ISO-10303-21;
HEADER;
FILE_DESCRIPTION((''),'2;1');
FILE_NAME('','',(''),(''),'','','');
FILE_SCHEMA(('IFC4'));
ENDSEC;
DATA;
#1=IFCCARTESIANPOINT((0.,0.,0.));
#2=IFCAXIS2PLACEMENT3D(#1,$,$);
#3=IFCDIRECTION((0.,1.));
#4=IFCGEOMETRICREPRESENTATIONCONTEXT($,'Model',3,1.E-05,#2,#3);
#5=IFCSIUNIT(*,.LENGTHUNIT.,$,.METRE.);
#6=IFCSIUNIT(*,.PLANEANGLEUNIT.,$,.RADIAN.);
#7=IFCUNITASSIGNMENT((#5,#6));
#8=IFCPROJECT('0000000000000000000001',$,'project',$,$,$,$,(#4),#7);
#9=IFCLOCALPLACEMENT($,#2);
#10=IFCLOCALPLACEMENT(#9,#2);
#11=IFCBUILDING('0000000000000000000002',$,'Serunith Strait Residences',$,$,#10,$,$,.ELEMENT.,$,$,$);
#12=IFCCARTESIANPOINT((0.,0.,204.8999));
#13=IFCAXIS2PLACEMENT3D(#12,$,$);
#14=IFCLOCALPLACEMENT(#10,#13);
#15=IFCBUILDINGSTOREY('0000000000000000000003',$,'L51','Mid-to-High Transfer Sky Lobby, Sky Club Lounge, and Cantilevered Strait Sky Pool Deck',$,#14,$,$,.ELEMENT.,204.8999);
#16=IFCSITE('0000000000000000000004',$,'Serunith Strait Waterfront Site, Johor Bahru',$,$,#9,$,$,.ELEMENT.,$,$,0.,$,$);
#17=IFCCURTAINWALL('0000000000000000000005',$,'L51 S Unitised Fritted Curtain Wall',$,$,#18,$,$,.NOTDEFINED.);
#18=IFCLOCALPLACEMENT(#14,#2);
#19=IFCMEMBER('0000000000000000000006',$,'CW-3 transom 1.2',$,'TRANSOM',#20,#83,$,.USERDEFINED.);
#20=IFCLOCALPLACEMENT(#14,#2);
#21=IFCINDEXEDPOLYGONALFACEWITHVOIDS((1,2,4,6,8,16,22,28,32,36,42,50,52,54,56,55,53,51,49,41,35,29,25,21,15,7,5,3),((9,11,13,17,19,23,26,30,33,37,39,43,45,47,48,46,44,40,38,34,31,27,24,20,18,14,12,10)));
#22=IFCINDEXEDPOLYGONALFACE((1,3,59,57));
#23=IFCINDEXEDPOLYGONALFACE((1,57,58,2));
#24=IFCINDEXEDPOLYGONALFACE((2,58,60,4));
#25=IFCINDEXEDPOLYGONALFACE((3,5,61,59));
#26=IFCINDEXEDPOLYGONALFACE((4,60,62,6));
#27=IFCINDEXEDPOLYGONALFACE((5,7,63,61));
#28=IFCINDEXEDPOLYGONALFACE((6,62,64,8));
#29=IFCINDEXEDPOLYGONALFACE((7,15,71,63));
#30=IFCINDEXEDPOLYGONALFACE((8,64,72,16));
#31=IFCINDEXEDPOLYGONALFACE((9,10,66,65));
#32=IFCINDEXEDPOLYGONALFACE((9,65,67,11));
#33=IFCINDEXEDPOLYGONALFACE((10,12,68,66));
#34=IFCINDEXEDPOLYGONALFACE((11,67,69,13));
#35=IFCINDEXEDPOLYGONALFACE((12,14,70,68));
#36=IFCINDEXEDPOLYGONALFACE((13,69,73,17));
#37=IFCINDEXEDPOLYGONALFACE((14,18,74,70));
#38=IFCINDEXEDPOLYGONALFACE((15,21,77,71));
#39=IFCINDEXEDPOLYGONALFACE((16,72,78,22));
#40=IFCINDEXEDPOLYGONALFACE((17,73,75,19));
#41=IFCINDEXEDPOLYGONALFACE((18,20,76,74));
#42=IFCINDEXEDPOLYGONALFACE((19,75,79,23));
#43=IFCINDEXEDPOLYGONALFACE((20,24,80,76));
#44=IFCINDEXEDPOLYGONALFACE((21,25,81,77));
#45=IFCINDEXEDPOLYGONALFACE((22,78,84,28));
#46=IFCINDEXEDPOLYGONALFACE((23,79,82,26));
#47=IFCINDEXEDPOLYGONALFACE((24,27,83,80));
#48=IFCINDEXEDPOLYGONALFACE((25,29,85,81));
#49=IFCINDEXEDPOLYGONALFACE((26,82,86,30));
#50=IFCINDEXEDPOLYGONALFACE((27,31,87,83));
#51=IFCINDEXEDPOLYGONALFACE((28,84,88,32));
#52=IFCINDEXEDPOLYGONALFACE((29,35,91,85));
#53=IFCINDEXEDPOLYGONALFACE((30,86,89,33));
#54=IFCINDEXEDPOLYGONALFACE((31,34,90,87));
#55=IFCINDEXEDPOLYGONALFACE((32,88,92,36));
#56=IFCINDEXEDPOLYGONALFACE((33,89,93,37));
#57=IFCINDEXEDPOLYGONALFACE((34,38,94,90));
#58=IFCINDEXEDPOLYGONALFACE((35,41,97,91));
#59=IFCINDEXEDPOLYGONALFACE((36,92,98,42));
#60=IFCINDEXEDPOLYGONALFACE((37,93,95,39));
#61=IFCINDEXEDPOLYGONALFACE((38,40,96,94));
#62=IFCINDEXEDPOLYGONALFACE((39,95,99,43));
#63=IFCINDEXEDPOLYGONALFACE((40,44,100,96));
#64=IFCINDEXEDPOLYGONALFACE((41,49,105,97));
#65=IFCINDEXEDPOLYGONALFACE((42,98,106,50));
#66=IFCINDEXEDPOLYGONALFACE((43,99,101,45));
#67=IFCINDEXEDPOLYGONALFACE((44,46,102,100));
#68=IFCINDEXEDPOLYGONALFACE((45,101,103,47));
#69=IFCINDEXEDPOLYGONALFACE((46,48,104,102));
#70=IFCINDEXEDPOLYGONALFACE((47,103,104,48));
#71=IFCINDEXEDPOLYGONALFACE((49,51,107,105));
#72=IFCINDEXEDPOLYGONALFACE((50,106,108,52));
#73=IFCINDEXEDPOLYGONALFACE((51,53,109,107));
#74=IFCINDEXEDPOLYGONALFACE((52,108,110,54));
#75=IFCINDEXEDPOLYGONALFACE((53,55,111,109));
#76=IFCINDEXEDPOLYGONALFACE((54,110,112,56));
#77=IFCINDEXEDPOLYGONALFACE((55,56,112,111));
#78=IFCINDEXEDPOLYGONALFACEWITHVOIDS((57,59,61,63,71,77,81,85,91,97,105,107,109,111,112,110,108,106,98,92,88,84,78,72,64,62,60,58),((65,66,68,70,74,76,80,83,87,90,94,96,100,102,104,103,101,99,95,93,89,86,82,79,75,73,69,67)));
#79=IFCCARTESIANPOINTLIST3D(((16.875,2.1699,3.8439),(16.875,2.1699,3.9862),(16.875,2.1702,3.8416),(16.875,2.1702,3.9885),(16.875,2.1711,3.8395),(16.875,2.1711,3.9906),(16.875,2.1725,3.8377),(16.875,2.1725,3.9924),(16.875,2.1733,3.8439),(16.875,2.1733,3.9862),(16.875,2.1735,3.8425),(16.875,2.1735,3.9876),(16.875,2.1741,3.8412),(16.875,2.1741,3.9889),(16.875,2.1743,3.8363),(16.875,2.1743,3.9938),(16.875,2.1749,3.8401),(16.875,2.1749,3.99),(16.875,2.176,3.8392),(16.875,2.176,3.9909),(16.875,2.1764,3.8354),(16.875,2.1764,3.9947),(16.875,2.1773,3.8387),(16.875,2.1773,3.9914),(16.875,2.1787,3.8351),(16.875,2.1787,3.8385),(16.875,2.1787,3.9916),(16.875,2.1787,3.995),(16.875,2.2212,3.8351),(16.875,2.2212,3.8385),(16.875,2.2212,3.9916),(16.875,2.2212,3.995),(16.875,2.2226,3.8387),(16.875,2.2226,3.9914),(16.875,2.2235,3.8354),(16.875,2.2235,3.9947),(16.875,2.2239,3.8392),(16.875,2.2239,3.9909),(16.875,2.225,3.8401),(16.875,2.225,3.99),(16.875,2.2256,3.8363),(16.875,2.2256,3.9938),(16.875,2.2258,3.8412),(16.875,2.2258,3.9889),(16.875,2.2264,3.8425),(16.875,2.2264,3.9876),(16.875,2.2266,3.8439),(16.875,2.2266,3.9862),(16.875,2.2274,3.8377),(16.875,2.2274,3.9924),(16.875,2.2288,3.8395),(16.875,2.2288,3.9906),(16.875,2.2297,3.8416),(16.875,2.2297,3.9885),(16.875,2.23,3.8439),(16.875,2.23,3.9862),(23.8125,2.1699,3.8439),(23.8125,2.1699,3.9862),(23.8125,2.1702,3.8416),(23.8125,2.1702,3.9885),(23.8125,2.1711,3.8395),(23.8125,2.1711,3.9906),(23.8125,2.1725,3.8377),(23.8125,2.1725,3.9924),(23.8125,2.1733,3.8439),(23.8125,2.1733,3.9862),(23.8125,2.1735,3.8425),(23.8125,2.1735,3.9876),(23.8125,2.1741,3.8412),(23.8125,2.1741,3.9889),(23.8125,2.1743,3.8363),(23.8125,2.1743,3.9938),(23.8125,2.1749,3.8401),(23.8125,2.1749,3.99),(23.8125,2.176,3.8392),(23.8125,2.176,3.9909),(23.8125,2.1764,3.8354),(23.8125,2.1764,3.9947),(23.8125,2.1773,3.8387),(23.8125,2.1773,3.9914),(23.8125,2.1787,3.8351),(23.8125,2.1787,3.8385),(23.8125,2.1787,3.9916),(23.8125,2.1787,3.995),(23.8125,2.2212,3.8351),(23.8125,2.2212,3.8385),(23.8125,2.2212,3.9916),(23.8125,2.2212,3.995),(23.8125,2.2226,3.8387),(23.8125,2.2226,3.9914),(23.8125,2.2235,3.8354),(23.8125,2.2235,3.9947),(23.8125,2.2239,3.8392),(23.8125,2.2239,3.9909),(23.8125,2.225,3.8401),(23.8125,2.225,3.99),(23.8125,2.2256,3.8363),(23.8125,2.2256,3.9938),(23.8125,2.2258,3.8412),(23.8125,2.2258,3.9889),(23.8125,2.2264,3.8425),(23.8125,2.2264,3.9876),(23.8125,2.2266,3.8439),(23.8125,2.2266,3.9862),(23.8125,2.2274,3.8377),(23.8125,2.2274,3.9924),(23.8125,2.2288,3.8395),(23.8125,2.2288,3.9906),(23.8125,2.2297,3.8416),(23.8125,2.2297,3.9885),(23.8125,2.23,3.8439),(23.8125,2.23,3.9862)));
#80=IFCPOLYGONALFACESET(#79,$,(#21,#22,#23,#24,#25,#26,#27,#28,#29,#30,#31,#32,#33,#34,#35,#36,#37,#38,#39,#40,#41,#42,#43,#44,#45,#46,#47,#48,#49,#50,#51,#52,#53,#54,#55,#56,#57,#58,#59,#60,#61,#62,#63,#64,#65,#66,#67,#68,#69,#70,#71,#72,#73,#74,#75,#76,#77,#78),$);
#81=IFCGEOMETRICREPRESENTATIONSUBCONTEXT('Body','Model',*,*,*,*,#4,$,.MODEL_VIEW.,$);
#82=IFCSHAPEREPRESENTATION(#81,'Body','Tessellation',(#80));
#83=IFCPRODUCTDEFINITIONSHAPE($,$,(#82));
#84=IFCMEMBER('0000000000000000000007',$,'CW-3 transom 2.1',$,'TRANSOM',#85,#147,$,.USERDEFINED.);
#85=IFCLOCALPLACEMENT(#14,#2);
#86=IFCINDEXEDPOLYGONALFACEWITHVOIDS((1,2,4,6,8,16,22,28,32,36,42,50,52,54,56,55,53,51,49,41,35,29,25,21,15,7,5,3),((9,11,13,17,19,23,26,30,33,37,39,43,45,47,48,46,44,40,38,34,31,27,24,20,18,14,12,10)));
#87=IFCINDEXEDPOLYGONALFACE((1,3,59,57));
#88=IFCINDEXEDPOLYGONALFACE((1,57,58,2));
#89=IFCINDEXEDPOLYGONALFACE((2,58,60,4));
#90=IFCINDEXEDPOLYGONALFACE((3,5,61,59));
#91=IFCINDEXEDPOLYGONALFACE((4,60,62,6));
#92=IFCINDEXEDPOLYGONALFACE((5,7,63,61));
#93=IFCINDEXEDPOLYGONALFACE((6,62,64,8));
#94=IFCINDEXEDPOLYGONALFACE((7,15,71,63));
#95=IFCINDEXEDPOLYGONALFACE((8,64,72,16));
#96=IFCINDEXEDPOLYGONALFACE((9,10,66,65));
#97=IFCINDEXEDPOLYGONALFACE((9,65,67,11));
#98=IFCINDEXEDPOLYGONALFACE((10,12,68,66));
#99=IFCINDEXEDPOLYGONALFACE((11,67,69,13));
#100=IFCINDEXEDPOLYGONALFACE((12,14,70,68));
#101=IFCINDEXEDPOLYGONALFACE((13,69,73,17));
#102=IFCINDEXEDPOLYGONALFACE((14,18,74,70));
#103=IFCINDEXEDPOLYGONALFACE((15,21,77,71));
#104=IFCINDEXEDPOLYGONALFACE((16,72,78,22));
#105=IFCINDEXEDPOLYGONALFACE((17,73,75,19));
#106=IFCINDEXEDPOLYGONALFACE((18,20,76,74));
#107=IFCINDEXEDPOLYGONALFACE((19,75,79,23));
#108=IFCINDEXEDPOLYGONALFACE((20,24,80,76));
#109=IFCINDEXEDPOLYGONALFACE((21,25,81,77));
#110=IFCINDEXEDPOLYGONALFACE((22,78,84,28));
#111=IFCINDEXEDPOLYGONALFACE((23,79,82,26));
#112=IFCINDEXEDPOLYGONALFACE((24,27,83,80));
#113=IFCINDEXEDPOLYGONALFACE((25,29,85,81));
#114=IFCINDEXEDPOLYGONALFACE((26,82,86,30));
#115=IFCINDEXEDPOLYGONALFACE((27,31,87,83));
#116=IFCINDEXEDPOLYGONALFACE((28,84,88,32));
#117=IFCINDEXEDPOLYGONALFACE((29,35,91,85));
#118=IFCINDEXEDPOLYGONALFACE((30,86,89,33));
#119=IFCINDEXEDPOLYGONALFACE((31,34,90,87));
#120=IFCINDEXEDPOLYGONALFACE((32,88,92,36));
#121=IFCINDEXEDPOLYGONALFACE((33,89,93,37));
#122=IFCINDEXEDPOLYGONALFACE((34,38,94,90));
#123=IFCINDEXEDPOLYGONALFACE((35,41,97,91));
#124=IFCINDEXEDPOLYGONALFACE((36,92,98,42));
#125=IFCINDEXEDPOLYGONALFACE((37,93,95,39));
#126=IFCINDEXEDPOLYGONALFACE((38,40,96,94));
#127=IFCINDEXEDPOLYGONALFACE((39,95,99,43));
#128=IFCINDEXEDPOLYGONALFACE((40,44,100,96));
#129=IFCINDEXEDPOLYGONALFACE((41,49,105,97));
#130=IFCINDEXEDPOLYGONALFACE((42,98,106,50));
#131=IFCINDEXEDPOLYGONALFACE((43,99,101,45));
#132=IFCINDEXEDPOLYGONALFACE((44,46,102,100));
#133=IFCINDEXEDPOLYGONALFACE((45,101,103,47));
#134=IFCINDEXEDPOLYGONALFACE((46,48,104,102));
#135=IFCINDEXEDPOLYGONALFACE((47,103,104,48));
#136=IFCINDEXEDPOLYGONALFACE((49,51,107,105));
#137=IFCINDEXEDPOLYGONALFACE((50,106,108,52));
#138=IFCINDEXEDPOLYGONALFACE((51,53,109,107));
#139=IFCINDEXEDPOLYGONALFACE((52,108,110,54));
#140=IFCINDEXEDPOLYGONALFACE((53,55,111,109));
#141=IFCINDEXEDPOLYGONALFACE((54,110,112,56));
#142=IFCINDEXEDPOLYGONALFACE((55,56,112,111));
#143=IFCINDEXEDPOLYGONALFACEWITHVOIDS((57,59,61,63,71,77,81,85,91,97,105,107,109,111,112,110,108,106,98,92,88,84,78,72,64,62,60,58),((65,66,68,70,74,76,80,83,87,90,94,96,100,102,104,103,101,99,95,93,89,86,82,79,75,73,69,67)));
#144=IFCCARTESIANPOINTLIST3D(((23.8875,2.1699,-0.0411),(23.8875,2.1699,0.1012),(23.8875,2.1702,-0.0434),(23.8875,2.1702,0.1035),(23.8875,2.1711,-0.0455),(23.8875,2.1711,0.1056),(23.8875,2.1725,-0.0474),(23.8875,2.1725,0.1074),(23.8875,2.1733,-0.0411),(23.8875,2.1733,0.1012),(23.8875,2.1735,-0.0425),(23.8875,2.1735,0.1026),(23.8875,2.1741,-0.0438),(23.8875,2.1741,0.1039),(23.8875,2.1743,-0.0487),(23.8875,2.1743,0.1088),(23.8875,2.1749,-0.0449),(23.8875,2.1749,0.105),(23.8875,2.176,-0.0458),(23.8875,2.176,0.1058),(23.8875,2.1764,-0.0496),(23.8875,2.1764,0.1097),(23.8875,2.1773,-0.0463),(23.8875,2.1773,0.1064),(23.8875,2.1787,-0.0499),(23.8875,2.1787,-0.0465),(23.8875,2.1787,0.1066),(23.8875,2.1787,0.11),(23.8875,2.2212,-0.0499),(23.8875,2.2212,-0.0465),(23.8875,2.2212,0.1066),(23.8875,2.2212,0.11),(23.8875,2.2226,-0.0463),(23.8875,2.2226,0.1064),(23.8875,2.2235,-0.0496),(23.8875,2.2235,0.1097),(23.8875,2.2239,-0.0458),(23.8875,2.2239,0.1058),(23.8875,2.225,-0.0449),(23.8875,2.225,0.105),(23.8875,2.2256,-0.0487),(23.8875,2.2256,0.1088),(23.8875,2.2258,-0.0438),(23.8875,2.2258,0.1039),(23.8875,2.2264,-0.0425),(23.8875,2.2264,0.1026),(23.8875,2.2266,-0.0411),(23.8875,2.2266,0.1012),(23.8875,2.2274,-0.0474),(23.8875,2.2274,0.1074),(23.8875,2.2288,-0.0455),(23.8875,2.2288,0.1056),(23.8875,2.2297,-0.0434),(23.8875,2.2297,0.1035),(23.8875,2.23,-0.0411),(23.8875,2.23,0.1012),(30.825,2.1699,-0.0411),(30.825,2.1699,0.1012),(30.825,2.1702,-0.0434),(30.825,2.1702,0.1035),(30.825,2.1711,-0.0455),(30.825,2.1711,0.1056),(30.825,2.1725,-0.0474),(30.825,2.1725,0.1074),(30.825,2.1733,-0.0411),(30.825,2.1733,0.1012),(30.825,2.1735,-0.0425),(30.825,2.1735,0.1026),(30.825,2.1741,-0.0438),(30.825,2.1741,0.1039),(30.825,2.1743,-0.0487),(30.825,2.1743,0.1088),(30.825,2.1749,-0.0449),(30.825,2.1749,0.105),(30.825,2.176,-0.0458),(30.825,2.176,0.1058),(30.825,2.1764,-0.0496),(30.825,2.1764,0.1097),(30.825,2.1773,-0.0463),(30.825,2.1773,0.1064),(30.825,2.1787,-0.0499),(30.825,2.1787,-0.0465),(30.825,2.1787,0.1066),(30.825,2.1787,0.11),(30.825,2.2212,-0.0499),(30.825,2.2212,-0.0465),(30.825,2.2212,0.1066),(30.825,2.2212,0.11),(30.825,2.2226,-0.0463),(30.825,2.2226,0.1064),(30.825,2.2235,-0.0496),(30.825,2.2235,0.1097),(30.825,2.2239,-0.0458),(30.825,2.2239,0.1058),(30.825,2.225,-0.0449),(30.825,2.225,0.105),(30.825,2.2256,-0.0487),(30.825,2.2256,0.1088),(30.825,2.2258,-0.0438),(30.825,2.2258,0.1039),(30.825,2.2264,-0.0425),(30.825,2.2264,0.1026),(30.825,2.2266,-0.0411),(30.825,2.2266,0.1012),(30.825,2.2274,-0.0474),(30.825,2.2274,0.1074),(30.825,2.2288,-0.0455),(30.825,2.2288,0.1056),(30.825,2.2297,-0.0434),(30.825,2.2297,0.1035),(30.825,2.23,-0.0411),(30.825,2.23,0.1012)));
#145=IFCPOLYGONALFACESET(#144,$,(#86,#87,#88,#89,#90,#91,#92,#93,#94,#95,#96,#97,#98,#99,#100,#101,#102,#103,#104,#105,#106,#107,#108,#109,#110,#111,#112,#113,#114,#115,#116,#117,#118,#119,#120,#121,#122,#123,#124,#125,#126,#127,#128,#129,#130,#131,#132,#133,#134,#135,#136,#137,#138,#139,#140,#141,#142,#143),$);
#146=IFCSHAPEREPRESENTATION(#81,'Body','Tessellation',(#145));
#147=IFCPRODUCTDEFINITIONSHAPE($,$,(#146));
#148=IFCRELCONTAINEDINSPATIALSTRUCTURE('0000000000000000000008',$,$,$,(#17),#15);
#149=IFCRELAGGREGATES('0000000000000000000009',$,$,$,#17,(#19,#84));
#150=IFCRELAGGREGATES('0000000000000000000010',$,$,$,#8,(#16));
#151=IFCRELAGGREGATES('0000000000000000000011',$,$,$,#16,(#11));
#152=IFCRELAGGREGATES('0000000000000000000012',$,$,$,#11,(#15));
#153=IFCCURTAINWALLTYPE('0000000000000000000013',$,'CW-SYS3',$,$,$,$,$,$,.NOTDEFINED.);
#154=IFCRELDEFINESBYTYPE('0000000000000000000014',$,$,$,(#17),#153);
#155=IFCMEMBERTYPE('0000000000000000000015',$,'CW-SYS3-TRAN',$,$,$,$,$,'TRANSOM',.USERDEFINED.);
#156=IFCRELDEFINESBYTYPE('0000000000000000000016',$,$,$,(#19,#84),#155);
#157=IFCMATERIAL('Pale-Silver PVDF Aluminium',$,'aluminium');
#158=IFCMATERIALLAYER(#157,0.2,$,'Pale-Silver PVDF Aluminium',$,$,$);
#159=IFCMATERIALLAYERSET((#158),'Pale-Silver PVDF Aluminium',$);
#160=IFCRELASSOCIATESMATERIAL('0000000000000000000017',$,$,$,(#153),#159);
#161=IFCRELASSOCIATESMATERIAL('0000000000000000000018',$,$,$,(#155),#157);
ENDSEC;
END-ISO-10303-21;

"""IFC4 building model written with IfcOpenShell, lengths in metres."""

from ifc_helpers import new_model, si_unit, direction, frame, origin, origin_2d, place, context, subcontext, project, spatial, hollow_rectangle, extrude, source, transform, mapped, material, layer, layer_set, material_profile, profile_set, type_object, element, aggregate, save


model = new_model("IFC4")

# Units and contexts
model_context = context("Model", 3, precision=1e-05, world=origin(), true_north=direction((0.0, 1.0)))
body_context = subcontext(model_context, "Body", "Model", "MODEL_VIEW")
ifc_project = project(units=[si_unit("LENGTHUNIT", "METRE"), si_unit("PLANEANGLEUNIT", "RADIAN")], contexts=[model_context])

# Site, building, storey
site_placement = place(None, origin())
site = spatial("IfcSite", under=ifc_project, at=site_placement, Name="Serunith Strait Waterfront Site, Johor Bahru", CompositionType="ELEMENT", RefElevation=0.0)
building_placement = place(site_placement, origin())
building = spatial("IfcBuilding", under=site, at=building_placement, Name="Serunith Strait Residences", CompositionType="ELEMENT")
storey_placement = place(building_placement, frame((0.0, 0.0, 204.8999)))
storey = spatial("IfcBuildingStorey", under=building, at=storey_placement, Name="L51", Description="Mid-to-High Transfer Sky Lobby, Sky Club Lounge, and Cantilevered Strait Sky Pool Deck", CompositionType="ELEMENT", Elevation=204.8999)

# Curtain wall, members
ifc_material_1 = material(Name="Pale-Silver PVDF Aluminium", Category="aluminium")
ifc_layer_1 = layer(ifc_material_1, 0.2, Name="Pale-Silver PVDF Aluminium")
ifc_layer_set_1 = layer_set([ifc_layer_1], Name="Pale-Silver PVDF Aluminium")
curtain_wall_type = type_object("IfcCurtainWallType", Name="CW-SYS3", PredefinedType="NOTDEFINED", material=ifc_layer_set_1)
curtain_wall_placement = place(storey_placement, origin())
curtain_wall = element("IfcCurtainWall", 1, at=curtain_wall_placement, inside=storey, type_object=curtain_wall_type, Name="L51 S Unitised Fritted Curtain Wall", PredefinedType="NOTDEFINED")
ifc_material_profile_1 = material_profile(ifc_material_1, hollow_rectangle(XDim=0.0601, YDim=0.1599, WallThickness=0.0034, InnerFilletRadius=0.0054, OuterFilletRadius=0.0088, at=origin_2d()), Name="ALU 160x60x3.5")
ifc_profile_set_1 = profile_set([ifc_material_profile_1], Name="Pale-Silver PVDF Aluminium")
member_type_1 = type_object("IfcMemberType", Name="CW-SYS3-TRAN", ElementType="TRANSOM", PredefinedType="USERDEFINED", material=ifc_profile_set_1)
shared_shape_1 = source(origin(), body_context, "Body", "SweptSolid", [
    extrude(hollow_rectangle(XDim=0.0601, YDim=0.1599, WallThickness=0.0034, InnerFilletRadius=0.0054, OuterFilletRadius=0.0088, at=origin_2d()), origin(), (0.0, 0.0, 1.0), 6.9375),
])
member_1_placement = place(storey_placement, frame((16.875, 2.2, 3.915), z_axis=(1.0, 0.0, 0.0), x_axis=(0.0, 1.0, 0.0)))
member_1 = element("IfcMember", 2, at=member_1_placement, type_object=member_type_1, Name="CW-3 transom 1.2", ObjectType="TRANSOM", PredefinedType="USERDEFINED", context=body_context, shape_type="MappedRepresentation", body=[
    mapped(shared_shape_1, transform((0.0, 0.0, 0.0), scale=1.0)),
])
member_2_placement = place(storey_placement, frame((23.8875, 2.2, 0.03), z_axis=(1.0, 0.0, 0.0), x_axis=(0.0, 1.0, 0.0)))
member_2 = element("IfcMember", 3, at=member_2_placement, type_object=member_type_1, Name="CW-3 transom 2.1", ObjectType="TRANSOM", PredefinedType="USERDEFINED", context=body_context, shape_type="MappedRepresentation", body=[
    mapped(shared_shape_1, transform((0.0, 0.0, 0.0), scale=1.0)),
])
aggregate(curtain_wall, [member_1, member_2])

save(model, "model.ifc")
